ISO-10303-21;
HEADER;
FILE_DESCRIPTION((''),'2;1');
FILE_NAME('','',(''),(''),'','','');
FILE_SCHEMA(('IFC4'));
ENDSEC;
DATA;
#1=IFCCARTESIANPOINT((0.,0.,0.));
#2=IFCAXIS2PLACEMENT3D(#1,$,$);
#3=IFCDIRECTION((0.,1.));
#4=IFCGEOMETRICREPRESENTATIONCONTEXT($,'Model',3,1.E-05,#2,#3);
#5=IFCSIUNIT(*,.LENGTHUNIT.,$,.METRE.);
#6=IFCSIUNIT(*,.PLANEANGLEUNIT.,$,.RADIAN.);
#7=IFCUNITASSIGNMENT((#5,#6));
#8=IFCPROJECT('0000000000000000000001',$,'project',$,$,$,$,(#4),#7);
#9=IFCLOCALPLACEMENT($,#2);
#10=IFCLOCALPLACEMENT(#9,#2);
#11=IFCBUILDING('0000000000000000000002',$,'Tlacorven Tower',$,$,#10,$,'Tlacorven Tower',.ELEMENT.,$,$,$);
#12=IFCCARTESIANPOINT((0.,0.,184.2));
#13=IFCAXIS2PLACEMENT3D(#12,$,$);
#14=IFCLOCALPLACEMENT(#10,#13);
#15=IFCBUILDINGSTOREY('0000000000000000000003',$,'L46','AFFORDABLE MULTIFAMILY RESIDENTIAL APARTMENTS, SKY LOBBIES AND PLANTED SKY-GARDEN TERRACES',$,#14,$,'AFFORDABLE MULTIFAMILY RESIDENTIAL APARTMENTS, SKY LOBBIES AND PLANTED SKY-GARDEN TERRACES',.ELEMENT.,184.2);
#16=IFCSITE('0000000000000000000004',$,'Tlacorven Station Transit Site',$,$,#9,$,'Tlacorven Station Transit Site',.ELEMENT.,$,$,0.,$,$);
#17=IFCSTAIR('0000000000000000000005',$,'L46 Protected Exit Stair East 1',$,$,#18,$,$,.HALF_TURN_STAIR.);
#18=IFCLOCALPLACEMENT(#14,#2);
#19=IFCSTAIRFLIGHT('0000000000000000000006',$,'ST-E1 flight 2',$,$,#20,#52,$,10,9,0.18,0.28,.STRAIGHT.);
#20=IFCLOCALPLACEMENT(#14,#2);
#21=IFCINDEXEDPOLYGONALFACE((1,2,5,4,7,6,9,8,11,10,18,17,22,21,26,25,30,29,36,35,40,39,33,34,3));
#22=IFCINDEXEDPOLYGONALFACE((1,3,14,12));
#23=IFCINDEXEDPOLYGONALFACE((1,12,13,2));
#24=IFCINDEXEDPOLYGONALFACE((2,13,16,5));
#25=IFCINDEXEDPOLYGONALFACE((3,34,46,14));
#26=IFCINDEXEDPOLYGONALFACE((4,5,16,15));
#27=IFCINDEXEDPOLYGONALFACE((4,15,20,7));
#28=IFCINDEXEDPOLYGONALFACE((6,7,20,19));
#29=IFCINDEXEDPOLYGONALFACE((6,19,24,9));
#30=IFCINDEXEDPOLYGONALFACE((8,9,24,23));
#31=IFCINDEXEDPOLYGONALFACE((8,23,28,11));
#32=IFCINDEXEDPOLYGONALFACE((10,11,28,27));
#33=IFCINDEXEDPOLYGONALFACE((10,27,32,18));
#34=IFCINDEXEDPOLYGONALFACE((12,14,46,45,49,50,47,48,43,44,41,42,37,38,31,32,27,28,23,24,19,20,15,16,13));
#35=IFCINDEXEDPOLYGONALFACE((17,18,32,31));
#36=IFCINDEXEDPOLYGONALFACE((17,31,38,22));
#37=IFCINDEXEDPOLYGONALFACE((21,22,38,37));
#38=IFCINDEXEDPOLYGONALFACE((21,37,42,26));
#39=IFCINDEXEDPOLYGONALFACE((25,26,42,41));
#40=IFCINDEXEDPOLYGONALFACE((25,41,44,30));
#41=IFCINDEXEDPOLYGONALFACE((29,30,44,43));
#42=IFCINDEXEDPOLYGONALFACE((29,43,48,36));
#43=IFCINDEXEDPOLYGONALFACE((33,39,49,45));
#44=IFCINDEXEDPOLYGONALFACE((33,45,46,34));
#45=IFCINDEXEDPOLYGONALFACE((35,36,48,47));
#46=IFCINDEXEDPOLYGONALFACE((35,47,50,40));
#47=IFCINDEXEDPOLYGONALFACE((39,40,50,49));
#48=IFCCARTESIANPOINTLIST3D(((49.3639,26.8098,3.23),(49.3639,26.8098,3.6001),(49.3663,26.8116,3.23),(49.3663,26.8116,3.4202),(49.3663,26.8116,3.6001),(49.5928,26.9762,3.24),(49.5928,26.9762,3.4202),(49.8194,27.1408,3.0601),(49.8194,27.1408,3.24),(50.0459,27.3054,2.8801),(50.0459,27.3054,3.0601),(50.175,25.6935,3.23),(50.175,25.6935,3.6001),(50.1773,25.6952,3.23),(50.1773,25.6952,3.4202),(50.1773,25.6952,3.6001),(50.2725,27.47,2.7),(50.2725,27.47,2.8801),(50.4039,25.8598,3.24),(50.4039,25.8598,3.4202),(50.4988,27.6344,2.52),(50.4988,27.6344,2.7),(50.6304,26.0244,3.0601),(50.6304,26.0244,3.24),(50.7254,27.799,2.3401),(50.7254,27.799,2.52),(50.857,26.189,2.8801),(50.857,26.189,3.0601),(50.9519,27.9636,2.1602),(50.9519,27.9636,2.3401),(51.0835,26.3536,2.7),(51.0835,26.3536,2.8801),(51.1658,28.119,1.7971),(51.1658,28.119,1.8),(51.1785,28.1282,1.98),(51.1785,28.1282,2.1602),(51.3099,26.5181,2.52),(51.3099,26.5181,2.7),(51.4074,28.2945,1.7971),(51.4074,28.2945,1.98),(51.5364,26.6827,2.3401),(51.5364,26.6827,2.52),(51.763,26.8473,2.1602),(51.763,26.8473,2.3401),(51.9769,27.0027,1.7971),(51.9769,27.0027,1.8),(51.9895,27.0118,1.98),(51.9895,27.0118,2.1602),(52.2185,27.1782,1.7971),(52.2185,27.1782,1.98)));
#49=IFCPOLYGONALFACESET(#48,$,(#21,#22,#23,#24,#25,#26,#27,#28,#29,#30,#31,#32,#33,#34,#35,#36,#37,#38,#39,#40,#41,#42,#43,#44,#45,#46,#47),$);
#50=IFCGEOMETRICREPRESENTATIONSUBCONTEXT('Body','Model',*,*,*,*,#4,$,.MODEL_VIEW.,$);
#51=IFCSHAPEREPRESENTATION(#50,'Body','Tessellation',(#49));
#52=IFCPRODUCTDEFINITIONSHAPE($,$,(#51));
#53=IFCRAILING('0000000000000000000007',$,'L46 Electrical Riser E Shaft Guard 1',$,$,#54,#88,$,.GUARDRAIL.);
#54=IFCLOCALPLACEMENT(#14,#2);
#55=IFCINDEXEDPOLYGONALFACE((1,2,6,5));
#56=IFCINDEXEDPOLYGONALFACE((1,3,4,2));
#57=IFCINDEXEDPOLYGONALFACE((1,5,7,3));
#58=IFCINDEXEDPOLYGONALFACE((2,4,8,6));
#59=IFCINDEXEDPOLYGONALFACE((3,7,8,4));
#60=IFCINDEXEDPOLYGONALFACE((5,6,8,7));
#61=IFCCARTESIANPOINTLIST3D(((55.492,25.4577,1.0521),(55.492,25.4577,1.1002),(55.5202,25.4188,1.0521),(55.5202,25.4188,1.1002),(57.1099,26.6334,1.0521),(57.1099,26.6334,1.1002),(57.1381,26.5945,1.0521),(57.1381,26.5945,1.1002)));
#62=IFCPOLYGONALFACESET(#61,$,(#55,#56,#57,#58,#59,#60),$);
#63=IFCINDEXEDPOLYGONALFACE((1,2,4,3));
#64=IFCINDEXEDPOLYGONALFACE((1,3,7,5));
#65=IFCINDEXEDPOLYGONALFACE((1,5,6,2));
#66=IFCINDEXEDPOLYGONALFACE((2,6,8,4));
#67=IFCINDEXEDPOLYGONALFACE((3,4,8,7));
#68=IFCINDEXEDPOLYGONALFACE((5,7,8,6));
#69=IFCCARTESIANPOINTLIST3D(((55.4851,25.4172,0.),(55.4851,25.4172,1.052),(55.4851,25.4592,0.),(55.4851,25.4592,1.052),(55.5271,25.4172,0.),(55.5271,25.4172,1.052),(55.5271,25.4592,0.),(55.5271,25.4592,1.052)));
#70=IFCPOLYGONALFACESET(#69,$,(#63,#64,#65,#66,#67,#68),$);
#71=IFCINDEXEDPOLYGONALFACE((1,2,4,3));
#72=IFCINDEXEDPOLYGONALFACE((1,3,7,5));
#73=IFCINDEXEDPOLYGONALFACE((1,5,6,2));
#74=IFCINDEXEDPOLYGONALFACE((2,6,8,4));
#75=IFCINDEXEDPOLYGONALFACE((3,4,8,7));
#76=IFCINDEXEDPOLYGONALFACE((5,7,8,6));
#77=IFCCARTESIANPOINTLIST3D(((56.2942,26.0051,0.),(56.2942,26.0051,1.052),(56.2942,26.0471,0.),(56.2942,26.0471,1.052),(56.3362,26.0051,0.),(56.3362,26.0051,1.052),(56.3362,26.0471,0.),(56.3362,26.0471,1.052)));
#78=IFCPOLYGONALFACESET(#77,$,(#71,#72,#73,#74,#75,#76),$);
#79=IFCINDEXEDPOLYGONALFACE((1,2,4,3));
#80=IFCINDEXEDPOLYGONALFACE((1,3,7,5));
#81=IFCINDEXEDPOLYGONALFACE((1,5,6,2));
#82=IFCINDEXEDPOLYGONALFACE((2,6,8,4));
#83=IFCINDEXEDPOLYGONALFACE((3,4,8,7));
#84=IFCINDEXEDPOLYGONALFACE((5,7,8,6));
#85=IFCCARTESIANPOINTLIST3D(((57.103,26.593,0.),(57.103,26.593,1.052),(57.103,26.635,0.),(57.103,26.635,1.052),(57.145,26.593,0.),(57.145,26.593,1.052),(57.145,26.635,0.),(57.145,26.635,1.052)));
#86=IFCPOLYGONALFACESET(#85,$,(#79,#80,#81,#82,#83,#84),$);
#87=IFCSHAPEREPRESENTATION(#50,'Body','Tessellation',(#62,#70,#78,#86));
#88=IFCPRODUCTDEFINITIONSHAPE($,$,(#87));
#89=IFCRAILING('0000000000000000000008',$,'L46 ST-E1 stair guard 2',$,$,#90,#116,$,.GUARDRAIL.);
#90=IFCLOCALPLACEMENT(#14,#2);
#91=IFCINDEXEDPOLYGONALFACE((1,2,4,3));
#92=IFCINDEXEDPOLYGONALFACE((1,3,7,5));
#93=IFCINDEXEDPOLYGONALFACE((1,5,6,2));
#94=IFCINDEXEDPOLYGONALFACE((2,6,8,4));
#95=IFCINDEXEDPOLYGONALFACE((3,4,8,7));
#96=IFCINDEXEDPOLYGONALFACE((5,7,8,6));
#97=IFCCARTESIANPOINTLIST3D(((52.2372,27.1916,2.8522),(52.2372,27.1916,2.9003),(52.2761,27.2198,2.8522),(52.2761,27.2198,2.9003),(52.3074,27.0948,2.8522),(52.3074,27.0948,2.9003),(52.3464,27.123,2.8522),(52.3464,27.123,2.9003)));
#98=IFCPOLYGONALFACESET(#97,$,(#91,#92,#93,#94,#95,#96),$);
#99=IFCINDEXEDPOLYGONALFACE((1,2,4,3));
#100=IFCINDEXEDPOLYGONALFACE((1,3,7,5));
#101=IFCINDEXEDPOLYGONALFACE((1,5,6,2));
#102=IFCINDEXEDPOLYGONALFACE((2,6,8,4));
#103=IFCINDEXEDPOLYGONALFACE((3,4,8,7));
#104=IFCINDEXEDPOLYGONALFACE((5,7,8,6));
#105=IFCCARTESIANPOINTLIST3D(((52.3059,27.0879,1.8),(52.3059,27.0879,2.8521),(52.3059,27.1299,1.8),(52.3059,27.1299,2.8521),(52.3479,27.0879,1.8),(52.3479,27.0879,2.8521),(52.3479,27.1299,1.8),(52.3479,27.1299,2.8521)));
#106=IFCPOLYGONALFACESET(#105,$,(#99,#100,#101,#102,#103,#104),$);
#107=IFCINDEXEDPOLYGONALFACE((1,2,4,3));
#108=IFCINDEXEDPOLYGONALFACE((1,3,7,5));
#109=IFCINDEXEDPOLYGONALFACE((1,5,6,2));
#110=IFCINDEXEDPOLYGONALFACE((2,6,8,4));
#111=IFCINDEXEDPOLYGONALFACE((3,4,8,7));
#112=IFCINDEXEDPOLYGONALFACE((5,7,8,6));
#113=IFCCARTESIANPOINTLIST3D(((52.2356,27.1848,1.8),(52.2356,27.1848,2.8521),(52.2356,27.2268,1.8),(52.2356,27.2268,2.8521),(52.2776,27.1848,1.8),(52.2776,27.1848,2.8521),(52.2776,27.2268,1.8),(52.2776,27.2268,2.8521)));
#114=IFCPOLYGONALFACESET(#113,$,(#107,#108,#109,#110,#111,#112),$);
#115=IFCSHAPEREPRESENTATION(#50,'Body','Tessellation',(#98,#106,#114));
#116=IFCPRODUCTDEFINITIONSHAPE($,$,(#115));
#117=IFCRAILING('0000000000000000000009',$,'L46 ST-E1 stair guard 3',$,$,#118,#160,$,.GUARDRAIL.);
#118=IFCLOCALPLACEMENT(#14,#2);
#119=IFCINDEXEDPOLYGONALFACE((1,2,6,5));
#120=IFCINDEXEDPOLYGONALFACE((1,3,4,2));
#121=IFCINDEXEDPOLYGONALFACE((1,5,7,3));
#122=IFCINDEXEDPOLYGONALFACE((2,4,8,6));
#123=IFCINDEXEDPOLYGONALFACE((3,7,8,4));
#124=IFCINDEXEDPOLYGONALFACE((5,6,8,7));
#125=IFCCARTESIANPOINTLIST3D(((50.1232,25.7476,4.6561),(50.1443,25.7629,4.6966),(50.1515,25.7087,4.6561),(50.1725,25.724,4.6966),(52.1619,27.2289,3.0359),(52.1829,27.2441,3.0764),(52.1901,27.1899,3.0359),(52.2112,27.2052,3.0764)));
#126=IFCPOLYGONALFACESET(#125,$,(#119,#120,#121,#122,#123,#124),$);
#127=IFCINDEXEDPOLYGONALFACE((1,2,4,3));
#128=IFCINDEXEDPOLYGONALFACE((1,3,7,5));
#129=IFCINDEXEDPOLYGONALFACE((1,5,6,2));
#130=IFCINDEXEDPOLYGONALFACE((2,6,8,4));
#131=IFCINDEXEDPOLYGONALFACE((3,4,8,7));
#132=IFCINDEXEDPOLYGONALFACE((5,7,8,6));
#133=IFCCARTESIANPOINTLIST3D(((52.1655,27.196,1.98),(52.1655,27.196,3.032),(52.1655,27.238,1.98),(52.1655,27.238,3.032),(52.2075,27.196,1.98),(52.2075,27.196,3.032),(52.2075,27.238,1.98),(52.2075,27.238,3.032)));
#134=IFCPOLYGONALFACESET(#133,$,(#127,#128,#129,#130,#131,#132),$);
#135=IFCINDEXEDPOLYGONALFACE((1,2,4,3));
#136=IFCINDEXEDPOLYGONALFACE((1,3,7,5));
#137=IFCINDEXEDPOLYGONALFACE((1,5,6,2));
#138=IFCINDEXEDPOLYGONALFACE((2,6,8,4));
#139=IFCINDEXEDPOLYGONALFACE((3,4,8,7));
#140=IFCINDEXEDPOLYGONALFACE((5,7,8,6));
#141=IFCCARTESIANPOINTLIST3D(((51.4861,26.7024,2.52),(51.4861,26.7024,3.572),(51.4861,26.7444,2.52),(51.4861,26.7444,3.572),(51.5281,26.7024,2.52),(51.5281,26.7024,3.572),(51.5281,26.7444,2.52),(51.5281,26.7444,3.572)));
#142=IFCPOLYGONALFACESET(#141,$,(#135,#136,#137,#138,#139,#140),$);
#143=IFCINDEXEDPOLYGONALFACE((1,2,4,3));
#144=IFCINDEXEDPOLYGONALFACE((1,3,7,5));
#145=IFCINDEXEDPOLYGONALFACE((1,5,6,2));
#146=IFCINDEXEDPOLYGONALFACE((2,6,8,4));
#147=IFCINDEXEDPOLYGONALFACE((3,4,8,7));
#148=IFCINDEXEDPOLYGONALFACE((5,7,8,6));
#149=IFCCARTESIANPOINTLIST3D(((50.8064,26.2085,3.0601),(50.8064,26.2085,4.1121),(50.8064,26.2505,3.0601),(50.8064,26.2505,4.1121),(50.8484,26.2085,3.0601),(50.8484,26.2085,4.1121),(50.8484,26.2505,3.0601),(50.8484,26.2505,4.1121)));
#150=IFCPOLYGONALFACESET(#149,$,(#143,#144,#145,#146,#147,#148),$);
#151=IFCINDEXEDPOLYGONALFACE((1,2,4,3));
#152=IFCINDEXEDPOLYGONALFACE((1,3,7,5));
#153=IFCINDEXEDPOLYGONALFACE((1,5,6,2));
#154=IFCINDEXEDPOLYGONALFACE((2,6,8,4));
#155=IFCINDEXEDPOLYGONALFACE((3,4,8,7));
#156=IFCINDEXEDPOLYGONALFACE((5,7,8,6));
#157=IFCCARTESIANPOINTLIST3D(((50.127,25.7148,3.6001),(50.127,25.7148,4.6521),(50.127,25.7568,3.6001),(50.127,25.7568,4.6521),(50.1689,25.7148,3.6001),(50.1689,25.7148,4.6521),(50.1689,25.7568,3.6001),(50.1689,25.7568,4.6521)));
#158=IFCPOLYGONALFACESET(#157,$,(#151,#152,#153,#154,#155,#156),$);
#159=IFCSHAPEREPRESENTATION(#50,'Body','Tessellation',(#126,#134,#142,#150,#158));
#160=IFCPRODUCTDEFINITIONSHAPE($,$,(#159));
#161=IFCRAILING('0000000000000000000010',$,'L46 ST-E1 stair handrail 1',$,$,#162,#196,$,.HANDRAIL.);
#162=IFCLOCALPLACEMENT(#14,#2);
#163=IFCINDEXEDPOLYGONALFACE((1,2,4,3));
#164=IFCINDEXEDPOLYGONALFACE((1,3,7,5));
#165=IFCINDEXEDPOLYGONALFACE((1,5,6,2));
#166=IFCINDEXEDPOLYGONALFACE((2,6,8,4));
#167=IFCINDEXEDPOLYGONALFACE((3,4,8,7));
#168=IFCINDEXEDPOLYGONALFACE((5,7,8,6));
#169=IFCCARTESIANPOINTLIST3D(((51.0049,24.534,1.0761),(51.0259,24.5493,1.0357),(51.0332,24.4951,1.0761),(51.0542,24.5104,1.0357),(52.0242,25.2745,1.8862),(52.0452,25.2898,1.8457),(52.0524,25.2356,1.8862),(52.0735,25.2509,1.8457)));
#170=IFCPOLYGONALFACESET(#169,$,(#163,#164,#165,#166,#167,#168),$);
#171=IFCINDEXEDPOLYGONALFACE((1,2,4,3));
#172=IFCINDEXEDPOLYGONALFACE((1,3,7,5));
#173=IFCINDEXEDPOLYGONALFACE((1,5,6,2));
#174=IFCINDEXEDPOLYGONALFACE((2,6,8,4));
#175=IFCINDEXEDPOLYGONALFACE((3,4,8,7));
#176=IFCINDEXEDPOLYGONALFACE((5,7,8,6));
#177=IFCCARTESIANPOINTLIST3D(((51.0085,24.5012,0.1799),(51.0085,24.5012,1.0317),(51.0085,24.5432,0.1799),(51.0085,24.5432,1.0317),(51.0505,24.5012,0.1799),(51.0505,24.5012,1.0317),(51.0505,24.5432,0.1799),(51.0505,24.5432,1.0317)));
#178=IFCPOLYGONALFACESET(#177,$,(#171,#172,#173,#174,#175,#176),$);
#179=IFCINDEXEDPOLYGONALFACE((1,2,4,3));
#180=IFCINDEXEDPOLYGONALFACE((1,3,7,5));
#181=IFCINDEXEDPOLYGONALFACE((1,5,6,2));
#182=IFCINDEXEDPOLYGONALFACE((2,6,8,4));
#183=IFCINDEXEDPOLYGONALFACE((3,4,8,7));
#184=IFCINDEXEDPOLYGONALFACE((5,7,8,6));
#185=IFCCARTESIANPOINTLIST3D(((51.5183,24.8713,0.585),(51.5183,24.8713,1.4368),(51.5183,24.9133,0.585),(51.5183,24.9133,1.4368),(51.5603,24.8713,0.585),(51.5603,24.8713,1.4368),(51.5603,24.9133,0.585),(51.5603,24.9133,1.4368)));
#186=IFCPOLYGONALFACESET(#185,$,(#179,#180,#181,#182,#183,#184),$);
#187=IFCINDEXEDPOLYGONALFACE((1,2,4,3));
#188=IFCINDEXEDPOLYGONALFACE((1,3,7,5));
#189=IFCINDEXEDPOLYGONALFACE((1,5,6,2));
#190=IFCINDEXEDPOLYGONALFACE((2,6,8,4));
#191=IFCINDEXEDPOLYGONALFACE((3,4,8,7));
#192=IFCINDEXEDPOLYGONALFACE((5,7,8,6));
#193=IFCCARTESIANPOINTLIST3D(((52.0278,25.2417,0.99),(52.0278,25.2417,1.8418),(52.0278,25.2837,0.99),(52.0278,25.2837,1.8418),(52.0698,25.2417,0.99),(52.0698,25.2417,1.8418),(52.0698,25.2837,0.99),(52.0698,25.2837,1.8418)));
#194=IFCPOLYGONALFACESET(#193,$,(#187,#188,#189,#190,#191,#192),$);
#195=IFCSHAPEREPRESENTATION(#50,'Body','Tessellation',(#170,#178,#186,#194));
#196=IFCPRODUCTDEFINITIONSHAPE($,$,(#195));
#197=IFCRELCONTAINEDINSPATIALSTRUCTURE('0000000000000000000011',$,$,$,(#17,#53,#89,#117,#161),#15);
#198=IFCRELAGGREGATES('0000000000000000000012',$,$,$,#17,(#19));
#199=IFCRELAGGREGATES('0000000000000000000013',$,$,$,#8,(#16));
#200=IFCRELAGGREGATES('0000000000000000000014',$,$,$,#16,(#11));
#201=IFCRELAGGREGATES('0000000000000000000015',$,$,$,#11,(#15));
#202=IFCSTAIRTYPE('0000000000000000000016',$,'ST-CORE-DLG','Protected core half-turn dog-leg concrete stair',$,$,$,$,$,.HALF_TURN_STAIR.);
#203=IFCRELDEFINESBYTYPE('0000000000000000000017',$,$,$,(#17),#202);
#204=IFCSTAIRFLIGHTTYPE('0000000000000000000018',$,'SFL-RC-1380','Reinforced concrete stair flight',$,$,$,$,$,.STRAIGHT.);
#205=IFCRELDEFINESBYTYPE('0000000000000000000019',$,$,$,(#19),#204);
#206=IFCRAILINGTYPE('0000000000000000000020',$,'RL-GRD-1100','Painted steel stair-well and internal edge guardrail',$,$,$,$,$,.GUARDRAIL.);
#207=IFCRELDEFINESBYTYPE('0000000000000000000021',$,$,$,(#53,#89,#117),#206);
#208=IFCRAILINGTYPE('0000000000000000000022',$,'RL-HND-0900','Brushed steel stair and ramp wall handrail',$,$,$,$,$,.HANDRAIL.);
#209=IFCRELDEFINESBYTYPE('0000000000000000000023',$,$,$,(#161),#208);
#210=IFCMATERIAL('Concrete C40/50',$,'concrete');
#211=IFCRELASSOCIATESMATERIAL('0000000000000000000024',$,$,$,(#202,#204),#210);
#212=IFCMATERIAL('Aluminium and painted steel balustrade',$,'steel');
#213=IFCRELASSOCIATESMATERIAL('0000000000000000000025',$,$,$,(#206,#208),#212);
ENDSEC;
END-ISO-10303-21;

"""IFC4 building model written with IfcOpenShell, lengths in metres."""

from ifc_helpers import new_model, si_unit, direction, frame, origin, origin_2d, place, context, subcontext, project, spatial, polyline, rectangle, outline, extrude, source, transform, mapped, material, type_object, element, aggregate, save


model = new_model("IFC4")

# Units and contexts
model_context = context("Model", 3, precision=1e-05, world=origin(), true_north=direction((0.0, 1.0)))
body_context = subcontext(model_context, "Body", "Model", "MODEL_VIEW")
ifc_project = project(units=[si_unit("LENGTHUNIT", "METRE"), si_unit("PLANEANGLEUNIT", "RADIAN")], contexts=[model_context])

# Site, building, storey
site_placement = place(None, origin())
site = spatial("IfcSite", under=ifc_project, at=site_placement, Name="Tlacorven Station Transit Site", LongName="Tlacorven Station Transit Site", CompositionType="ELEMENT", RefElevation=0.0)
building_placement = place(site_placement, origin())
building = spatial("IfcBuilding", under=site, at=building_placement, Name="Tlacorven Tower", LongName="Tlacorven Tower", CompositionType="ELEMENT")
storey_placement = place(building_placement, frame((0.0, 0.0, 184.2)))
storey = spatial("IfcBuildingStorey", under=building, at=storey_placement, Name="L46", Description="AFFORDABLE MULTIFAMILY RESIDENTIAL APARTMENTS, SKY LOBBIES AND PLANTED SKY-GARDEN TERRACES", LongName="AFFORDABLE MULTIFAMILY RESIDENTIAL APARTMENTS, SKY LOBBIES AND PLANTED SKY-GARDEN TERRACES", CompositionType="ELEMENT", Elevation=184.2)

# Shared definitions
ifc_material_1 = material(Name="Concrete C40/50", Category="concrete")

# Stair, stair flight
stair_type = type_object("IfcStairType", Name="ST-CORE-DLG", Description="Protected core half-turn dog-leg concrete stair", PredefinedType="HALF_TURN_STAIR", material=ifc_material_1)
stair_placement = place(storey_placement, origin())
stair = element("IfcStair", 1, at=stair_placement, inside=storey, type_object=stair_type, Name="L46 Protected Exit Stair East 1", PredefinedType="HALF_TURN_STAIR")
stair_flight_type = type_object("IfcStairFlightType", Name="SFL-RC-1380", Description="Reinforced concrete stair flight", PredefinedType="STRAIGHT", material=ifc_material_1)
shared_shape_1 = source(origin(), body_context, "Body", "SweptSolid", [
    extrude(outline(polyline([(-0.0029, -0.0029), (-0.0029, 0.1799), (0.28, 0.1799), (0.28, 0.3601), (0.5601, 0.3601), (0.5601, 0.54), (0.8401, 0.54), (0.8401, 0.72), (1.1201, 0.72), (1.1201, 0.8999), (1.3999, 0.8999), (1.3999, 1.0801), (1.6799, 1.0801), (1.6799, 1.26), (1.96, 1.26), (1.96, 1.4399), (2.24, 1.4399), (2.24, 1.6201), (2.52, 1.6201), (2.52, 1.8), (2.5229, 1.8), (2.5229, 1.4299), (2.52, 1.4299), (0.2957, 0.0), (0.2957, -0.0029), (-0.0029, -0.0029)])), frame((0.0, 0.6899, 0.0), z_axis=(0.0, -1.0, 0.0), x_axis=(1.0, 0.0, 0.0)), (0.0, 0.0, 1.0), 1.3799),
])
stair_flight_1_placement = place(storey_placement, frame((51.8105, 27.7346, 1.8), z_axis=(0.0, 0.0, 1.0), x_axis=(-0.809017, -0.587785, 0.0)))
stair_flight_1 = element("IfcStairFlight", 2, at=stair_flight_1_placement, type_object=stair_flight_type, Name="ST-E1 flight 2", NumberOfRisers=10, NumberOfTreads=9, PredefinedType="STRAIGHT", RiserHeight=0.18, TreadLength=0.28, context=body_context, shape_type="MappedRepresentation", body=[
    mapped(shared_shape_1, transform((0.0, 0.0, 0.0), scale=1.0)),
])
aggregate(stair, [stair_flight_1])

# Railings
ifc_material_2 = material(Name="Aluminium and painted steel balustrade", Category="steel")
railing_type_1 = type_object("IfcRailingType", Name="RL-GRD-1100", Description="Painted steel stair-well and internal edge guardrail", PredefinedType="GUARDRAIL", material=ifc_material_2)
shared_shape_2 = source(origin(), body_context, "Body", "SweptSolid", [
    extrude(rectangle(XDim=0.0481, YDim=0.0481, at=origin_2d()), frame((0.0, 0.0, 1.0762), z_axis=(0.808947, 0.587881, 0.0), x_axis=(-0.587881, 0.808947, 0.0)), (0.0, 0.0, 1.0), 2.0),
    extrude(rectangle(XDim=0.042, YDim=0.042, at=origin_2d()), origin(), (0.0, 0.0, 1.0), 1.052),
    extrude(rectangle(XDim=0.042, YDim=0.042, at=origin_2d()), frame((0.8091, 0.5879, 0.0)), (0.0, 0.0, 1.0), 1.052),
    extrude(rectangle(XDim=0.042, YDim=0.042, at=origin_2d()), frame((1.6179, 1.1758, 0.0)), (0.0, 0.0, 1.0), 1.052),
])
railing_1_placement = place(storey_placement, frame((55.5061, 25.4382, 0.0)))
element("IfcRailing", 3, at=railing_1_placement, inside=storey, type_object=railing_type_1, Name="L46 Electrical Riser E Shaft Guard 1", PredefinedType="GUARDRAIL", context=body_context, shape_type="MappedRepresentation", body=[
    mapped(shared_shape_2, transform((0.0, 0.0, 0.0), scale=1.0)),
])
shared_shape_3 = source(origin(), body_context, "Body", "SweptSolid", [
    extrude(rectangle(XDim=0.0481, YDim=0.0481, at=origin_2d()), frame((0.0, 0.0, 1.0762), z_axis=(-0.587201, 0.809441, 0.0), x_axis=(-0.809441, -0.587201, 0.0)), (0.0, 0.0, 1.0), 0.1196),
    extrude(rectangle(XDim=0.042, YDim=0.042, at=origin_2d()), origin(), (0.0, 0.0, 1.0), 1.052),
    extrude(rectangle(XDim=0.042, YDim=0.042, at=origin_2d()), frame((-0.0703, 0.0969, 0.0)), (0.0, 0.0, 1.0), 1.052),
])
railing_2_placement = place(storey_placement, frame((52.3269, 27.1089, 1.8)))
element("IfcRailing", 4, at=railing_2_placement, inside=storey, type_object=railing_type_1, Name="L46 ST-E1 stair guard 2", PredefinedType="GUARDRAIL", context=body_context, shape_type="MappedRepresentation", body=[
    mapped(shared_shape_3, transform((0.0, 0.0, 0.0), scale=1.0)),
])
shared_shape_4 = source(origin(), body_context, "Body", "SweptSolid", [
    extrude(rectangle(XDim=0.0481, YDim=0.0481, at=origin_2d()), frame((0.0, 0.0, 1.0762), z_axis=(-0.680489, -0.494434, 0.540805), x_axis=(0.587809, -0.809, 0.0)), (0.0, 0.0, 1.0), 2.9958),
    extrude(rectangle(XDim=0.042, YDim=0.042, at=origin_2d()), origin(), (0.0, 0.0, 1.0), 1.052),
    extrude(rectangle(XDim=0.042, YDim=0.042, at=origin_2d()), frame((-0.6794, -0.4937, 0.54)), (0.0, 0.0, 1.0), 1.052),
    extrude(rectangle(XDim=0.042, YDim=0.042, at=origin_2d()), frame((-1.3591, -0.9875, 1.0801)), (0.0, 0.0, 1.0), 1.052),
    extrude(rectangle(XDim=0.042, YDim=0.042, at=origin_2d()), frame((-2.0386, -1.4812, 1.6201)), (0.0, 0.0, 1.0), 1.052),
])
railing_3_placement = place(storey_placement, frame((52.1865, 27.217, 1.98)))
element("IfcRailing", 5, at=railing_3_placement, inside=storey, type_object=railing_type_1, Name="L46 ST-E1 stair guard 3", PredefinedType="GUARDRAIL", context=body_context, shape_type="MappedRepresentation", body=[
    mapped(shared_shape_4, transform((0.0, 0.0, 0.0), scale=1.0)),
])
railing_type_2 = type_object("IfcRailingType", Name="RL-HND-0900", Description="Brushed steel stair and ramp wall handrail", PredefinedType="HANDRAIL", material=ifc_material_2)
shared_shape_5 = source(origin(), body_context, "Body", "SweptSolid", [
    extrude(rectangle(XDim=0.0481, YDim=0.0481, at=origin_2d()), frame((0.0, 0.0, 0.876), z_axis=(0.680516, 0.494373, 0.540827), x_axis=(-0.587745, 0.809046, 0.0)), (0.0, 0.0, 1.0), 1.4978),
    extrude(rectangle(XDim=0.042, YDim=0.042, at=origin_2d()), origin(), (0.0, 0.0, 1.0), 0.8518),
    extrude(rectangle(XDim=0.042, YDim=0.042, at=origin_2d()), frame((0.5098, 0.3701, 0.405)), (0.0, 0.0, 1.0), 0.8518),
    extrude(rectangle(XDim=0.042, YDim=0.042, at=origin_2d()), frame((1.0193, 0.7405, 0.8101)), (0.0, 0.0, 1.0), 0.8518),
])
railing_4_placement = place(storey_placement, frame((51.0295, 24.5222, 0.1799)))
element("IfcRailing", 6, at=railing_4_placement, inside=storey, type_object=railing_type_2, Name="L46 ST-E1 stair handrail 1", PredefinedType="HANDRAIL", context=body_context, shape_type="MappedRepresentation", body=[
    mapped(shared_shape_5, transform((0.0, 0.0, 0.0), scale=1.0)),
])

save(model, "model.ifc")
